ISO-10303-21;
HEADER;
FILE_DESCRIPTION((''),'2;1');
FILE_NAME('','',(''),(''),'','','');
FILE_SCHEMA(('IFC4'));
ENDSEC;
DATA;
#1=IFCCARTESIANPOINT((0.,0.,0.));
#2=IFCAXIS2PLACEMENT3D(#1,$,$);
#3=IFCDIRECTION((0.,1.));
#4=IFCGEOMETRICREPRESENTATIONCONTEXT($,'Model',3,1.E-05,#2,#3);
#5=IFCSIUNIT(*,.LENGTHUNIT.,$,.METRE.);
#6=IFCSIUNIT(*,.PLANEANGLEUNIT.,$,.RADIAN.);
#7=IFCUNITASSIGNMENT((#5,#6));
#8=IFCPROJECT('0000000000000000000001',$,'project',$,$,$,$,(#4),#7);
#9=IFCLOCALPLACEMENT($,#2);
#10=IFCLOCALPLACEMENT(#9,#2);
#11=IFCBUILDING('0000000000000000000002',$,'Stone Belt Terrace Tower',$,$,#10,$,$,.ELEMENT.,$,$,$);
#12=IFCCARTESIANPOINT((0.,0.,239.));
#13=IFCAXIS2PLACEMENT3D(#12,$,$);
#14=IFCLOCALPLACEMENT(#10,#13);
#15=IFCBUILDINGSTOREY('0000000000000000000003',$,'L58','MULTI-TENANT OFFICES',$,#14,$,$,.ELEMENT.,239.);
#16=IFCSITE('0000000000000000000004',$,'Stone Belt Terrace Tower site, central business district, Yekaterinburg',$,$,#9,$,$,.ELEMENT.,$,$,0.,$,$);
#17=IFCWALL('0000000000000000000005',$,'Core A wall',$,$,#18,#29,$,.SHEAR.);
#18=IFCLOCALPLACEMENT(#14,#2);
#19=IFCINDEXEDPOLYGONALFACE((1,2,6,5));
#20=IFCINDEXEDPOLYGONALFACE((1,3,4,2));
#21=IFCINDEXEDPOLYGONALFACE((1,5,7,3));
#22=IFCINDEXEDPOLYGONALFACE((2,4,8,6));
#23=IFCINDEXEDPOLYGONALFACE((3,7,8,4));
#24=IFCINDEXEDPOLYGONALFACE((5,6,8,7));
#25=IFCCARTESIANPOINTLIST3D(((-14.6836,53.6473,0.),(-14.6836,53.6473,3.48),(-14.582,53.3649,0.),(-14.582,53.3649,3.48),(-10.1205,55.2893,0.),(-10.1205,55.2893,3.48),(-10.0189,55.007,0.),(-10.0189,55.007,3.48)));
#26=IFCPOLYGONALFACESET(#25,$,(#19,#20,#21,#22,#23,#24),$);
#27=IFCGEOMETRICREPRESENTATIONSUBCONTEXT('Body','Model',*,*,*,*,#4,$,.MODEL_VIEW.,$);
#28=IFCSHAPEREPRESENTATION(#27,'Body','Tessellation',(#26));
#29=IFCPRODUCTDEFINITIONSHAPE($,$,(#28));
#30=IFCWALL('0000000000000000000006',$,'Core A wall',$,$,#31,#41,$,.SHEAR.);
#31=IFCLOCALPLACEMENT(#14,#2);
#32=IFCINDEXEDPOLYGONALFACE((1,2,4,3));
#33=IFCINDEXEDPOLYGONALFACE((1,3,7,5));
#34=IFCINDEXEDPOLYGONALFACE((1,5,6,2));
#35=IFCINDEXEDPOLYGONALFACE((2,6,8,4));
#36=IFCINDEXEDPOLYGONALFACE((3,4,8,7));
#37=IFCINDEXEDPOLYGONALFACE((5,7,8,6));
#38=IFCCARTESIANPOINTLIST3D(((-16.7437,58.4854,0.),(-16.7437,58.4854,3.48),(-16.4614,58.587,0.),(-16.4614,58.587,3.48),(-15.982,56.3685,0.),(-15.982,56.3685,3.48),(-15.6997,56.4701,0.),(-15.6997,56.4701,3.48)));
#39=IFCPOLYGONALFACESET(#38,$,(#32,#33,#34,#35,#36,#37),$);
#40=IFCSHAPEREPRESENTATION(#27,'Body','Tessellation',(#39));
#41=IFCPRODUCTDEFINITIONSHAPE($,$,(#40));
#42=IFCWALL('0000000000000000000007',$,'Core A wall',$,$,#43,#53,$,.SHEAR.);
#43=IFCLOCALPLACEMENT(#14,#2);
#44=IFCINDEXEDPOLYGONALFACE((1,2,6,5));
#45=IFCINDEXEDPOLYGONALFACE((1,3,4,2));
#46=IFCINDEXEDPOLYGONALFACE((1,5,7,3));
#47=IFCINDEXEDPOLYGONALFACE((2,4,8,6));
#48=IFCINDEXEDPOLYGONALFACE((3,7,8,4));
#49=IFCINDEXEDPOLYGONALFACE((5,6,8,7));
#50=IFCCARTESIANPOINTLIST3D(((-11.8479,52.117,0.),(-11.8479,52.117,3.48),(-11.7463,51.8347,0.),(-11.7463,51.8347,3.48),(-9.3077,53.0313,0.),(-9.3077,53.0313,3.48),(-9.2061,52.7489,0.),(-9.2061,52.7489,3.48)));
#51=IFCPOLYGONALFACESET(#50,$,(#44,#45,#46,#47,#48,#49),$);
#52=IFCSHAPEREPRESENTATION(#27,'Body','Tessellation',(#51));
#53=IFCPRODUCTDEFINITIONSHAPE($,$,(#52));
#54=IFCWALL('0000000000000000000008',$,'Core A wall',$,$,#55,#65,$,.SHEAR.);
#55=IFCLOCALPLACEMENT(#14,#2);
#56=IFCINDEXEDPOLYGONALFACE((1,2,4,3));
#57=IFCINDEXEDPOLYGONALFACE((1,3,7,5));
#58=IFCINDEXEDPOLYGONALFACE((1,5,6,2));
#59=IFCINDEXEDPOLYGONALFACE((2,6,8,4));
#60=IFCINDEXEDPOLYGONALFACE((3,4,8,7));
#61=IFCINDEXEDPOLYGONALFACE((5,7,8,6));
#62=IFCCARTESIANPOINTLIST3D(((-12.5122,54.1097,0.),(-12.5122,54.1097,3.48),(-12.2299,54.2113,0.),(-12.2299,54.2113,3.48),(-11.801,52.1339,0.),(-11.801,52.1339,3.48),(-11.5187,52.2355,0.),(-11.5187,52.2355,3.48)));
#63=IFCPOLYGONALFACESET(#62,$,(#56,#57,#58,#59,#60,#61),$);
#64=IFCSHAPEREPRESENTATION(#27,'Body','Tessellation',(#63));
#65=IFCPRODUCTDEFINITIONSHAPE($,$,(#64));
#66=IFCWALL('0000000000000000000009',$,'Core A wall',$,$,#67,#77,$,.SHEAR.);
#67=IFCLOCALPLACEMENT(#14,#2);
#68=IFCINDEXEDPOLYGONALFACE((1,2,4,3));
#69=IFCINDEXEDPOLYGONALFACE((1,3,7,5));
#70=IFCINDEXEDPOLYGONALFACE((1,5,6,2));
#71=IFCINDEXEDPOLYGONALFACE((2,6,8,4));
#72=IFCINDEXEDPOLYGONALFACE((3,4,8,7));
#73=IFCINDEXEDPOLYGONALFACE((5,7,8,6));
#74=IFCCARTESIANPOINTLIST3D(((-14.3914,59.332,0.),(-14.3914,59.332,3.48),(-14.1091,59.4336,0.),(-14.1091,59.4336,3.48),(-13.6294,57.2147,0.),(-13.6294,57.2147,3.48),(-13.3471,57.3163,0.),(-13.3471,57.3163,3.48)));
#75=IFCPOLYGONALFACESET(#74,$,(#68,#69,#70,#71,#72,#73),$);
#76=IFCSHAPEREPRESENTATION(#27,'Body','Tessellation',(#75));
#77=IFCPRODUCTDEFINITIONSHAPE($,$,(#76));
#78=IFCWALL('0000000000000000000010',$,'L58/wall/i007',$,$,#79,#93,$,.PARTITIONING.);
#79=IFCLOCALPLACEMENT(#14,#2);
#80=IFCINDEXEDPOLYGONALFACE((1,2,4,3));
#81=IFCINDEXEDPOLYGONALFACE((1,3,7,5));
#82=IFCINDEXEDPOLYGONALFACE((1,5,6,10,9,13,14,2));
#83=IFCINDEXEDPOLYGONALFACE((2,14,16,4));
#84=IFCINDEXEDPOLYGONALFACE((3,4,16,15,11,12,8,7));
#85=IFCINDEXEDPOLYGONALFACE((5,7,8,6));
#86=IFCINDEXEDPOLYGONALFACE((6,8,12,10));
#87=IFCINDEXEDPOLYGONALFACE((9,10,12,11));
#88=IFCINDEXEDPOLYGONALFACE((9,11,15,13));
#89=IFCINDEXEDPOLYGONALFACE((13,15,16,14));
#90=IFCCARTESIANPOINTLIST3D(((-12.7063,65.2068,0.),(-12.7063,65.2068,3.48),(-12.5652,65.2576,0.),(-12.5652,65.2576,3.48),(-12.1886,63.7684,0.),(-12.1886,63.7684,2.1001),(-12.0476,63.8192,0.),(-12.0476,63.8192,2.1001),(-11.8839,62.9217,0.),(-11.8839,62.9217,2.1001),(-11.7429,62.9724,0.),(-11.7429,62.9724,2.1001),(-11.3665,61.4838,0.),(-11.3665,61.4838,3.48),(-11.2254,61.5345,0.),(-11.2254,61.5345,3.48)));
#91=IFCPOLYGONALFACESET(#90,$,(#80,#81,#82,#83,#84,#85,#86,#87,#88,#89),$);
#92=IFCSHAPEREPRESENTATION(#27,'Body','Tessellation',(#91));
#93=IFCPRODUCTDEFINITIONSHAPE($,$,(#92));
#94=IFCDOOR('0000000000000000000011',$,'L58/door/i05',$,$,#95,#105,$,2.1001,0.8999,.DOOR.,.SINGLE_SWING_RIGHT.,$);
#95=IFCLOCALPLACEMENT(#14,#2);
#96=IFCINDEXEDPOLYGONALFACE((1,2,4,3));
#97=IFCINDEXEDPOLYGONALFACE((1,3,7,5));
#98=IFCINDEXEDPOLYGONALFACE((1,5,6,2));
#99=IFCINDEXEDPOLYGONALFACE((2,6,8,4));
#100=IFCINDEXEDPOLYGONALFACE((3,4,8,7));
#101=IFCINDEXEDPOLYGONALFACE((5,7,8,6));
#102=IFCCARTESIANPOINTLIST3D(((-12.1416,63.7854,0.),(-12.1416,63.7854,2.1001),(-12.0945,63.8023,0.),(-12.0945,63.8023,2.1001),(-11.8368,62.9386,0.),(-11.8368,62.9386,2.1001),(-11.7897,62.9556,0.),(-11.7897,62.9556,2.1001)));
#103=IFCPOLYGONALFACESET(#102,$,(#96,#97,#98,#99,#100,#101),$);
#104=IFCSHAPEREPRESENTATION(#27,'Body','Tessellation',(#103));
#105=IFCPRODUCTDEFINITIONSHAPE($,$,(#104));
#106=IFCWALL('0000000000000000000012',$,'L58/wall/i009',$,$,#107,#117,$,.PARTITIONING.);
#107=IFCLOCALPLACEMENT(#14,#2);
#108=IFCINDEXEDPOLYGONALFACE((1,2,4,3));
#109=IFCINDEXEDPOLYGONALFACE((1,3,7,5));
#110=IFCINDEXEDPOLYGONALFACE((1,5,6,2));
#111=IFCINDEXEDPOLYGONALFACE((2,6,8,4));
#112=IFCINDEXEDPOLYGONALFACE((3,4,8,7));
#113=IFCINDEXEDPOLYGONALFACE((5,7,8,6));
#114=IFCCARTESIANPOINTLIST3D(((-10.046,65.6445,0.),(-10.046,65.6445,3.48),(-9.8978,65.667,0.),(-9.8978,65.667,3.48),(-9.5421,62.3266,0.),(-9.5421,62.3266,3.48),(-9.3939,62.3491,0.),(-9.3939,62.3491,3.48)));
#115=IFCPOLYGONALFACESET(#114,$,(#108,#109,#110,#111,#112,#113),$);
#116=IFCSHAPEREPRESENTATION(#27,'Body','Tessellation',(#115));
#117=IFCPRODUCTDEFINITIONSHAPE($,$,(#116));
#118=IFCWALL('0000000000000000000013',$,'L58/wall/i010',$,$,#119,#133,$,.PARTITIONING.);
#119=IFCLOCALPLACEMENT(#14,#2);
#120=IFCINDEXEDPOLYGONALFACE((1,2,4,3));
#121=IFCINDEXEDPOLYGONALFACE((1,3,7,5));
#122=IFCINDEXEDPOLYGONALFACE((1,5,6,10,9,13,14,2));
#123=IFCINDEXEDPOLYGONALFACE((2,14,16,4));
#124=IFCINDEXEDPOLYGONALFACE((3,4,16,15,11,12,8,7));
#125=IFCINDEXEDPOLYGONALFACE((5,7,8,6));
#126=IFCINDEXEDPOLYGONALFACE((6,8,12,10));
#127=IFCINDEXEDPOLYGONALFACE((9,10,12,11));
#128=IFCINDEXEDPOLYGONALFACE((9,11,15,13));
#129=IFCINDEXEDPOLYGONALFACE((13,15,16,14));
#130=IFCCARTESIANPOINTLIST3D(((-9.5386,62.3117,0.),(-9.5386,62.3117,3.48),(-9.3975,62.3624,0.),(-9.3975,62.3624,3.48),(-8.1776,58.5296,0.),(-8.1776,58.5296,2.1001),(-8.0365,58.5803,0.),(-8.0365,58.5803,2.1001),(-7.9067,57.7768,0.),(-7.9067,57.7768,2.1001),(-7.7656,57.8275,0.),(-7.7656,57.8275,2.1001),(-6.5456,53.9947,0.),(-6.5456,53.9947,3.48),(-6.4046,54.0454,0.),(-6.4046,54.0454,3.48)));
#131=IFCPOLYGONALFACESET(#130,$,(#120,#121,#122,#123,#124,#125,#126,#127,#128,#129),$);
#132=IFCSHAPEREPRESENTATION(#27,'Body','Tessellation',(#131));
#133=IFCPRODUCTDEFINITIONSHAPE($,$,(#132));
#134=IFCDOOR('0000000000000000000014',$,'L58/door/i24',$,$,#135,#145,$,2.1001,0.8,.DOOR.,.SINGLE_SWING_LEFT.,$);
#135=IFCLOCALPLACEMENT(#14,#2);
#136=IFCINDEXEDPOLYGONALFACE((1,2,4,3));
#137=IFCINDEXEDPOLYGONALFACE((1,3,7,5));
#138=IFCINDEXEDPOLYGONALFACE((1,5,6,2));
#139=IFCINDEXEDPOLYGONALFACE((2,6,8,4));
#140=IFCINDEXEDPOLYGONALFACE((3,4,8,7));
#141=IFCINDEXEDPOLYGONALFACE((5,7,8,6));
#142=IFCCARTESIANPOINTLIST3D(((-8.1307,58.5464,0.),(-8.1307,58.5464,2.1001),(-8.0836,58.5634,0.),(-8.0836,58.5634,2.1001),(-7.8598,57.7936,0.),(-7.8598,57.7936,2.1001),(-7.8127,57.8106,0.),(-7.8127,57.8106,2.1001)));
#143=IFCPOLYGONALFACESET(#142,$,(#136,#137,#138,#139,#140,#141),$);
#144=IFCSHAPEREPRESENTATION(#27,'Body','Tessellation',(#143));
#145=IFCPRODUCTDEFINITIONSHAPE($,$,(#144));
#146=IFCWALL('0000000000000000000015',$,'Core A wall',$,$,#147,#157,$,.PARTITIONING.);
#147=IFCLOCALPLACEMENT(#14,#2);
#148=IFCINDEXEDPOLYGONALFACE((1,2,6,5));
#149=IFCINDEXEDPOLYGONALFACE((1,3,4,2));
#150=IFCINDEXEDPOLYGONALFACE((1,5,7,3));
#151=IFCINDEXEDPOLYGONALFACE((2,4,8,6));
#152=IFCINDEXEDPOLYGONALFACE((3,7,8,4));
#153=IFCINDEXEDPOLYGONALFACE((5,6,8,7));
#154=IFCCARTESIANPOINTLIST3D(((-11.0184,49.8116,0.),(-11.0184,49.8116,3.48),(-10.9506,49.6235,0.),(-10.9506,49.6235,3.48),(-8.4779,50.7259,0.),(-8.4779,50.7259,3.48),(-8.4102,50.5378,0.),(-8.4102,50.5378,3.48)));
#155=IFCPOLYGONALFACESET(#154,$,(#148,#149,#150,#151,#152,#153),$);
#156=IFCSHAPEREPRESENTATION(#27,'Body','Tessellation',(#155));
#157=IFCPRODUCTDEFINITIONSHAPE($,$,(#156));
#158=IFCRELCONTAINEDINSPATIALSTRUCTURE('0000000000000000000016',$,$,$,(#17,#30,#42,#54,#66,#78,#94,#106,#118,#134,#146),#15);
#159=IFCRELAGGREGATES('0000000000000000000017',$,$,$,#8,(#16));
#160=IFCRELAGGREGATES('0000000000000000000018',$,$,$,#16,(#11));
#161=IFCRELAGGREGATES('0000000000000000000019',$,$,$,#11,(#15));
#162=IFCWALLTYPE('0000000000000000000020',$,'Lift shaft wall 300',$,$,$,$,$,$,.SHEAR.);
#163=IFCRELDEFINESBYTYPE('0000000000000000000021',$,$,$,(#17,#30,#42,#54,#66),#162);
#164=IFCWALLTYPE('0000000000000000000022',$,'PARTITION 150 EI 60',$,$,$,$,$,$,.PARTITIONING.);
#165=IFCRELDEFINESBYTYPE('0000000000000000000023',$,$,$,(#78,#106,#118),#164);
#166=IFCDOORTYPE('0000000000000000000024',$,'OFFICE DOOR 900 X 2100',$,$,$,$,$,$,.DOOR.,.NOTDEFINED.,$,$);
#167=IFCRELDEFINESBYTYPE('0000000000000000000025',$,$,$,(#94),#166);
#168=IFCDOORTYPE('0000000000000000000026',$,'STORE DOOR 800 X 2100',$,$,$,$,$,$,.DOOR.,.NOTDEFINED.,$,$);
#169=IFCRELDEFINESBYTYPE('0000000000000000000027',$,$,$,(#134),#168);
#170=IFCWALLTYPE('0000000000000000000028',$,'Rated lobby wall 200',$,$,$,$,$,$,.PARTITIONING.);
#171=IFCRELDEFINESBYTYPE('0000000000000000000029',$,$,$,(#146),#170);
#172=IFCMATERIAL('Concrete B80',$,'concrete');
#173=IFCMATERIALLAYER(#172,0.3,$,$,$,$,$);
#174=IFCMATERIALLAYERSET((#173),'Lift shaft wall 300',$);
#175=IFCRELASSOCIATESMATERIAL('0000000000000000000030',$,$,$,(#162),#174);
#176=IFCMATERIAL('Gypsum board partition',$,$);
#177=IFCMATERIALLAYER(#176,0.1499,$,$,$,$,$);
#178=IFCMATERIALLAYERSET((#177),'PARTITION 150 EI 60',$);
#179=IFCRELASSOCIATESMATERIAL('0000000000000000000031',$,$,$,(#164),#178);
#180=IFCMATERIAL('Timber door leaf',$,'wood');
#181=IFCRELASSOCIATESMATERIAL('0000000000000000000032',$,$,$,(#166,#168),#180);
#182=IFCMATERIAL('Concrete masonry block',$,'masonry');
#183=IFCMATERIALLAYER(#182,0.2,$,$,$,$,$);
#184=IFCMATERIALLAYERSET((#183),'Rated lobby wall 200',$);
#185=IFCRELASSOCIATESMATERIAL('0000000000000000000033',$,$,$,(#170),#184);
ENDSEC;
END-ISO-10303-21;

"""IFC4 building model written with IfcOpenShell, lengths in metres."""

from ifc_helpers import new_model, si_unit, direction, frame, frame_2d, origin, place, context, subcontext, project, spatial, rectangle, extrude, material, layer, layer_set, type_object, element, fill, save


model = new_model("IFC4")

# Units and contexts
model_context = context("Model", 3, precision=1e-05, world=origin(), true_north=direction((0.0, 1.0)))
body_context = subcontext(model_context, "Body", "Model", "MODEL_VIEW")
ifc_project = project(units=[si_unit("LENGTHUNIT", "METRE"), si_unit("PLANEANGLEUNIT", "RADIAN")], contexts=[model_context])

# Site, building, storey
site_placement = place(None, origin())
site = spatial("IfcSite", under=ifc_project, at=site_placement, Name="Stone Belt Terrace Tower site, central business district, Yekaterinburg", CompositionType="ELEMENT", RefElevation=0.0)
building_placement = place(site_placement, origin())
building = spatial("IfcBuilding", under=site, at=building_placement, Name="Stone Belt Terrace Tower", CompositionType="ELEMENT")
storey_placement = place(building_placement, frame((0.0, 0.0, 239.0)))
storey = spatial("IfcBuildingStorey", under=building, at=storey_placement, Name="L58", Description="MULTI-TENANT OFFICES", CompositionType="ELEMENT", Elevation=239.0)

# Shared definitions
ifc_material_1 = material(Name="Timber door leaf", Category="wood")

# Walls
ifc_material_2 = material(Name="Concrete B80", Category="concrete")
ifc_layer_1 = layer(ifc_material_2, 0.3)
ifc_layer_set_1 = layer_set([ifc_layer_1], Name="Lift shaft wall 300")
wall_type_1 = type_object("IfcWallType", Name="Lift shaft wall 300", PredefinedType="SHEAR", material=ifc_layer_set_1)
wall_1_placement = place(storey_placement, frame((-14.6328, 53.5061, 0.0), z_axis=(0.0, 0.0, 1.0), x_axis=(0.940932, 0.338596, 0.0)))
element("IfcWall", 1, at=wall_1_placement, inside=storey, type_object=wall_type_1, Name="Core A wall", PredefinedType="SHEAR", context=body_context, shape_type="SweptSolid", body=[
    extrude(rectangle(XDim=4.8496, YDim=0.3, at=frame_2d((2.4248, 0.0))), origin(), (0.0, 0.0, 1.0), 3.48),
])
wall_2_placement = place(storey_placement, frame((-15.8408, 56.4192, 0.0), z_axis=(0.0, 0.0, 1.0), x_axis=(-0.33857, 0.940941, 0.0)))
element("IfcWall", 2, at=wall_2_placement, inside=storey, type_object=wall_type_1, Name="Core A wall", PredefinedType="SHEAR", context=body_context, shape_type="SweptSolid", body=[
    extrude(rectangle(XDim=2.2498, YDim=0.3, at=frame_2d((1.125, 0.0))), origin(), (0.0, 0.0, 1.0), 3.48),
])
wall_3_placement = place(storey_placement, frame((-11.7971, 51.9758, 0.0), z_axis=(0.0, 0.0, 1.0), x_axis=(0.94091, 0.338655, 0.0)))
element("IfcWall", 3, at=wall_3_placement, inside=storey, type_object=wall_type_1, Name="Core A wall", PredefinedType="SHEAR", context=body_context, shape_type="SweptSolid", body=[
    extrude(rectangle(XDim=2.6997, YDim=0.3, at=frame_2d((1.3499, 0.0))), origin(), (0.0, 0.0, 1.0), 3.48),
])
wall_4_placement = place(storey_placement, frame((-11.6599, 52.1848, 0.0), z_axis=(0.0, 0.0, 1.0), x_axis=(-0.33867, 0.940905, 0.0)))
element("IfcWall", 4, at=wall_4_placement, inside=storey, type_object=wall_type_1, Name="Core A wall", PredefinedType="SHEAR", context=body_context, shape_type="SweptSolid", body=[
    extrude(rectangle(XDim=2.0999, YDim=0.3, at=frame_2d((1.0498, 0.0))), origin(), (0.0, 0.0, 1.0), 3.48),
])
wall_5_placement = place(storey_placement, frame((-13.4883, 57.2656, 0.0), z_axis=(0.0, 0.0, 1.0), x_axis=(-0.338631, 0.940919, 0.0)))
element("IfcWall", 5, at=wall_5_placement, inside=storey, type_object=wall_type_1, Name="Core A wall", PredefinedType="SHEAR", context=body_context, shape_type="SweptSolid", body=[
    extrude(rectangle(XDim=2.2502, YDim=0.3, at=frame_2d((1.125, 0.0))), origin(), (0.0, 0.0, 1.0), 3.48),
])

# Wall, opening, door
ifc_material_3 = material(Name="Gypsum board partition")
ifc_layer_2 = layer(ifc_material_3, 0.1499)
ifc_layer_set_2 = layer_set([ifc_layer_2], Name="PARTITION 150 EI 60")
wall_type_2 = type_object("IfcWallType", Name="PARTITION 150 EI 60", PredefinedType="PARTITIONING", material=ifc_layer_set_2)
wall_6_placement = place(storey_placement, frame((-11.2959, 61.509, 0.0), z_axis=(0.0, 0.0, 1.0), x_axis=(-0.33861, 0.940927, 0.0)))
wall_6 = element("IfcWall", 6, at=wall_6_placement, inside=storey, type_object=wall_type_2, Name="L58/wall/i007", PredefinedType="PARTITIONING", context=body_context, shape_type="SweptSolid", body=[
    extrude(rectangle(XDim=3.9568, YDim=0.1499, at=frame_2d((1.9785, 0.0))), origin(), (0.0, 0.0, 1.0), 3.48),
])
opening_1_placement = place(wall_6_placement, frame((1.5283, 0.0, 0.0)))
opening_1 = element("IfcOpeningElement", 7, at=opening_1_placement, cuts=wall_6, PredefinedType="OPENING", context=body_context, shape_type="SweptSolid", body=[
    extrude(rectangle(XDim=0.8999, YDim=2.1001, at=frame_2d((0.45, 1.05))), frame((0.0, 0.085, 0.0), z_axis=(0.0, -1.0, 0.0), x_axis=(1.0, 0.0, 0.0)), (0.0, 0.0, 1.0), 0.1699),
])
door_type_1 = type_object("IfcDoorType", Name="OFFICE DOOR 900 X 2100", OperationType="NOTDEFINED", PredefinedType="DOOR", material=ifc_material_1)
door_1_placement = place(opening_1_placement, origin())
door_1 = element("IfcDoor", 8, at=door_1_placement, inside=storey, type_object=door_type_1, Name="L58/door/i05", OperationType="SINGLE_SWING_RIGHT", OverallHeight=2.1001, OverallWidth=0.8999, PredefinedType="DOOR", context=body_context, shape_type="SweptSolid", body=[
    extrude(rectangle(XDim=0.8999, YDim=2.1001, at=frame_2d((0.45, 1.05))), frame((0.0, 0.0249, 0.0), z_axis=(0.0, -1.0, 0.0), x_axis=(1.0, 0.0, 0.0)), (0.0, 0.0, 1.0), 0.05),
])
fill(opening_1, door_1)

# Wall
wall_7_placement = place(storey_placement, frame((-9.9719, 65.6558, 0.0), z_axis=(0.0, 0.0, 1.0), x_axis=(0.150154, -0.988663, 0.0)))
element("IfcWall", 9, at=wall_7_placement, inside=storey, type_object=wall_type_2, Name="L58/wall/i009", PredefinedType="PARTITIONING", context=body_context, shape_type="SweptSolid", body=[
    extrude(rectangle(XDim=3.356, YDim=0.1499, at=frame_2d((1.678, 0.0))), origin(), (0.0, 0.0, 1.0), 3.48),
])

# Wall, opening, door
wall_8_placement = place(storey_placement, frame((-9.468, 62.3369, 0.0), z_axis=(0.0, 0.0, 1.0), x_axis=(0.338603, -0.940929, 0.0)))
wall_8 = element("IfcWall", 10, at=wall_8_placement, inside=storey, type_object=wall_type_2, Name="L58/wall/i010", PredefinedType="PARTITIONING", context=body_context, shape_type="SweptSolid", body=[
    extrude(rectangle(XDim=8.8391, YDim=0.1499, at=frame_2d((4.4194, 0.0))), origin(), (0.0, 0.0, 1.0), 3.48),
])
opening_2_placement = place(wall_8_placement, frame((4.0195, 0.0, 0.0)))
opening_2 = element("IfcOpeningElement", 11, at=opening_2_placement, cuts=wall_8, PredefinedType="OPENING", context=body_context, shape_type="SweptSolid", body=[
    extrude(rectangle(XDim=0.8, YDim=2.1001, at=frame_2d((0.3999, 1.05))), frame((0.0, 0.085, 0.0), z_axis=(0.0, -1.0, 0.0), x_axis=(1.0, 0.0, 0.0)), (0.0, 0.0, 1.0), 0.1699),
])
door_type_2 = type_object("IfcDoorType", Name="STORE DOOR 800 X 2100", OperationType="NOTDEFINED", PredefinedType="DOOR", material=ifc_material_1)
door_2_placement = place(opening_2_placement, origin())
door_2 = element("IfcDoor", 12, at=door_2_placement, inside=storey, type_object=door_type_2, Name="L58/door/i24", OperationType="SINGLE_SWING_LEFT", OverallHeight=2.1001, OverallWidth=0.8, PredefinedType="DOOR", context=body_context, shape_type="SweptSolid", body=[
    extrude(rectangle(XDim=0.8, YDim=2.1001, at=frame_2d((0.3999, 1.05))), frame((0.0, 0.0249, 0.0), z_axis=(0.0, -1.0, 0.0), x_axis=(1.0, 0.0, 0.0)), (0.0, 0.0, 1.0), 0.05),
])
fill(opening_2, door_2)

# Wall
ifc_material_4 = material(Name="Concrete masonry block", Category="masonry")
ifc_layer_3 = layer(ifc_material_4, 0.2)
ifc_layer_set_3 = layer_set([ifc_layer_3], Name="Rated lobby wall 200")
wall_type_3 = type_object("IfcWallType", Name="Rated lobby wall 200", PredefinedType="PARTITIONING", material=ifc_layer_set_3)
wall_9_placement = place(storey_placement, frame((-10.9846, 49.7175, 0.0), z_axis=(0.0, 0.0, 1.0), x_axis=(0.940921, 0.338627, 0.0)))
element("IfcWall", 13, at=wall_9_placement, inside=storey, type_object=wall_type_3, Name="Core A wall", PredefinedType="PARTITIONING", context=body_context, shape_type="SweptSolid", body=[
    extrude(rectangle(XDim=2.7, YDim=0.2, at=frame_2d((1.3501, 0.0))), origin(), (0.0, 0.0, 1.0), 3.48),
])

save(model, "model.ifc")
